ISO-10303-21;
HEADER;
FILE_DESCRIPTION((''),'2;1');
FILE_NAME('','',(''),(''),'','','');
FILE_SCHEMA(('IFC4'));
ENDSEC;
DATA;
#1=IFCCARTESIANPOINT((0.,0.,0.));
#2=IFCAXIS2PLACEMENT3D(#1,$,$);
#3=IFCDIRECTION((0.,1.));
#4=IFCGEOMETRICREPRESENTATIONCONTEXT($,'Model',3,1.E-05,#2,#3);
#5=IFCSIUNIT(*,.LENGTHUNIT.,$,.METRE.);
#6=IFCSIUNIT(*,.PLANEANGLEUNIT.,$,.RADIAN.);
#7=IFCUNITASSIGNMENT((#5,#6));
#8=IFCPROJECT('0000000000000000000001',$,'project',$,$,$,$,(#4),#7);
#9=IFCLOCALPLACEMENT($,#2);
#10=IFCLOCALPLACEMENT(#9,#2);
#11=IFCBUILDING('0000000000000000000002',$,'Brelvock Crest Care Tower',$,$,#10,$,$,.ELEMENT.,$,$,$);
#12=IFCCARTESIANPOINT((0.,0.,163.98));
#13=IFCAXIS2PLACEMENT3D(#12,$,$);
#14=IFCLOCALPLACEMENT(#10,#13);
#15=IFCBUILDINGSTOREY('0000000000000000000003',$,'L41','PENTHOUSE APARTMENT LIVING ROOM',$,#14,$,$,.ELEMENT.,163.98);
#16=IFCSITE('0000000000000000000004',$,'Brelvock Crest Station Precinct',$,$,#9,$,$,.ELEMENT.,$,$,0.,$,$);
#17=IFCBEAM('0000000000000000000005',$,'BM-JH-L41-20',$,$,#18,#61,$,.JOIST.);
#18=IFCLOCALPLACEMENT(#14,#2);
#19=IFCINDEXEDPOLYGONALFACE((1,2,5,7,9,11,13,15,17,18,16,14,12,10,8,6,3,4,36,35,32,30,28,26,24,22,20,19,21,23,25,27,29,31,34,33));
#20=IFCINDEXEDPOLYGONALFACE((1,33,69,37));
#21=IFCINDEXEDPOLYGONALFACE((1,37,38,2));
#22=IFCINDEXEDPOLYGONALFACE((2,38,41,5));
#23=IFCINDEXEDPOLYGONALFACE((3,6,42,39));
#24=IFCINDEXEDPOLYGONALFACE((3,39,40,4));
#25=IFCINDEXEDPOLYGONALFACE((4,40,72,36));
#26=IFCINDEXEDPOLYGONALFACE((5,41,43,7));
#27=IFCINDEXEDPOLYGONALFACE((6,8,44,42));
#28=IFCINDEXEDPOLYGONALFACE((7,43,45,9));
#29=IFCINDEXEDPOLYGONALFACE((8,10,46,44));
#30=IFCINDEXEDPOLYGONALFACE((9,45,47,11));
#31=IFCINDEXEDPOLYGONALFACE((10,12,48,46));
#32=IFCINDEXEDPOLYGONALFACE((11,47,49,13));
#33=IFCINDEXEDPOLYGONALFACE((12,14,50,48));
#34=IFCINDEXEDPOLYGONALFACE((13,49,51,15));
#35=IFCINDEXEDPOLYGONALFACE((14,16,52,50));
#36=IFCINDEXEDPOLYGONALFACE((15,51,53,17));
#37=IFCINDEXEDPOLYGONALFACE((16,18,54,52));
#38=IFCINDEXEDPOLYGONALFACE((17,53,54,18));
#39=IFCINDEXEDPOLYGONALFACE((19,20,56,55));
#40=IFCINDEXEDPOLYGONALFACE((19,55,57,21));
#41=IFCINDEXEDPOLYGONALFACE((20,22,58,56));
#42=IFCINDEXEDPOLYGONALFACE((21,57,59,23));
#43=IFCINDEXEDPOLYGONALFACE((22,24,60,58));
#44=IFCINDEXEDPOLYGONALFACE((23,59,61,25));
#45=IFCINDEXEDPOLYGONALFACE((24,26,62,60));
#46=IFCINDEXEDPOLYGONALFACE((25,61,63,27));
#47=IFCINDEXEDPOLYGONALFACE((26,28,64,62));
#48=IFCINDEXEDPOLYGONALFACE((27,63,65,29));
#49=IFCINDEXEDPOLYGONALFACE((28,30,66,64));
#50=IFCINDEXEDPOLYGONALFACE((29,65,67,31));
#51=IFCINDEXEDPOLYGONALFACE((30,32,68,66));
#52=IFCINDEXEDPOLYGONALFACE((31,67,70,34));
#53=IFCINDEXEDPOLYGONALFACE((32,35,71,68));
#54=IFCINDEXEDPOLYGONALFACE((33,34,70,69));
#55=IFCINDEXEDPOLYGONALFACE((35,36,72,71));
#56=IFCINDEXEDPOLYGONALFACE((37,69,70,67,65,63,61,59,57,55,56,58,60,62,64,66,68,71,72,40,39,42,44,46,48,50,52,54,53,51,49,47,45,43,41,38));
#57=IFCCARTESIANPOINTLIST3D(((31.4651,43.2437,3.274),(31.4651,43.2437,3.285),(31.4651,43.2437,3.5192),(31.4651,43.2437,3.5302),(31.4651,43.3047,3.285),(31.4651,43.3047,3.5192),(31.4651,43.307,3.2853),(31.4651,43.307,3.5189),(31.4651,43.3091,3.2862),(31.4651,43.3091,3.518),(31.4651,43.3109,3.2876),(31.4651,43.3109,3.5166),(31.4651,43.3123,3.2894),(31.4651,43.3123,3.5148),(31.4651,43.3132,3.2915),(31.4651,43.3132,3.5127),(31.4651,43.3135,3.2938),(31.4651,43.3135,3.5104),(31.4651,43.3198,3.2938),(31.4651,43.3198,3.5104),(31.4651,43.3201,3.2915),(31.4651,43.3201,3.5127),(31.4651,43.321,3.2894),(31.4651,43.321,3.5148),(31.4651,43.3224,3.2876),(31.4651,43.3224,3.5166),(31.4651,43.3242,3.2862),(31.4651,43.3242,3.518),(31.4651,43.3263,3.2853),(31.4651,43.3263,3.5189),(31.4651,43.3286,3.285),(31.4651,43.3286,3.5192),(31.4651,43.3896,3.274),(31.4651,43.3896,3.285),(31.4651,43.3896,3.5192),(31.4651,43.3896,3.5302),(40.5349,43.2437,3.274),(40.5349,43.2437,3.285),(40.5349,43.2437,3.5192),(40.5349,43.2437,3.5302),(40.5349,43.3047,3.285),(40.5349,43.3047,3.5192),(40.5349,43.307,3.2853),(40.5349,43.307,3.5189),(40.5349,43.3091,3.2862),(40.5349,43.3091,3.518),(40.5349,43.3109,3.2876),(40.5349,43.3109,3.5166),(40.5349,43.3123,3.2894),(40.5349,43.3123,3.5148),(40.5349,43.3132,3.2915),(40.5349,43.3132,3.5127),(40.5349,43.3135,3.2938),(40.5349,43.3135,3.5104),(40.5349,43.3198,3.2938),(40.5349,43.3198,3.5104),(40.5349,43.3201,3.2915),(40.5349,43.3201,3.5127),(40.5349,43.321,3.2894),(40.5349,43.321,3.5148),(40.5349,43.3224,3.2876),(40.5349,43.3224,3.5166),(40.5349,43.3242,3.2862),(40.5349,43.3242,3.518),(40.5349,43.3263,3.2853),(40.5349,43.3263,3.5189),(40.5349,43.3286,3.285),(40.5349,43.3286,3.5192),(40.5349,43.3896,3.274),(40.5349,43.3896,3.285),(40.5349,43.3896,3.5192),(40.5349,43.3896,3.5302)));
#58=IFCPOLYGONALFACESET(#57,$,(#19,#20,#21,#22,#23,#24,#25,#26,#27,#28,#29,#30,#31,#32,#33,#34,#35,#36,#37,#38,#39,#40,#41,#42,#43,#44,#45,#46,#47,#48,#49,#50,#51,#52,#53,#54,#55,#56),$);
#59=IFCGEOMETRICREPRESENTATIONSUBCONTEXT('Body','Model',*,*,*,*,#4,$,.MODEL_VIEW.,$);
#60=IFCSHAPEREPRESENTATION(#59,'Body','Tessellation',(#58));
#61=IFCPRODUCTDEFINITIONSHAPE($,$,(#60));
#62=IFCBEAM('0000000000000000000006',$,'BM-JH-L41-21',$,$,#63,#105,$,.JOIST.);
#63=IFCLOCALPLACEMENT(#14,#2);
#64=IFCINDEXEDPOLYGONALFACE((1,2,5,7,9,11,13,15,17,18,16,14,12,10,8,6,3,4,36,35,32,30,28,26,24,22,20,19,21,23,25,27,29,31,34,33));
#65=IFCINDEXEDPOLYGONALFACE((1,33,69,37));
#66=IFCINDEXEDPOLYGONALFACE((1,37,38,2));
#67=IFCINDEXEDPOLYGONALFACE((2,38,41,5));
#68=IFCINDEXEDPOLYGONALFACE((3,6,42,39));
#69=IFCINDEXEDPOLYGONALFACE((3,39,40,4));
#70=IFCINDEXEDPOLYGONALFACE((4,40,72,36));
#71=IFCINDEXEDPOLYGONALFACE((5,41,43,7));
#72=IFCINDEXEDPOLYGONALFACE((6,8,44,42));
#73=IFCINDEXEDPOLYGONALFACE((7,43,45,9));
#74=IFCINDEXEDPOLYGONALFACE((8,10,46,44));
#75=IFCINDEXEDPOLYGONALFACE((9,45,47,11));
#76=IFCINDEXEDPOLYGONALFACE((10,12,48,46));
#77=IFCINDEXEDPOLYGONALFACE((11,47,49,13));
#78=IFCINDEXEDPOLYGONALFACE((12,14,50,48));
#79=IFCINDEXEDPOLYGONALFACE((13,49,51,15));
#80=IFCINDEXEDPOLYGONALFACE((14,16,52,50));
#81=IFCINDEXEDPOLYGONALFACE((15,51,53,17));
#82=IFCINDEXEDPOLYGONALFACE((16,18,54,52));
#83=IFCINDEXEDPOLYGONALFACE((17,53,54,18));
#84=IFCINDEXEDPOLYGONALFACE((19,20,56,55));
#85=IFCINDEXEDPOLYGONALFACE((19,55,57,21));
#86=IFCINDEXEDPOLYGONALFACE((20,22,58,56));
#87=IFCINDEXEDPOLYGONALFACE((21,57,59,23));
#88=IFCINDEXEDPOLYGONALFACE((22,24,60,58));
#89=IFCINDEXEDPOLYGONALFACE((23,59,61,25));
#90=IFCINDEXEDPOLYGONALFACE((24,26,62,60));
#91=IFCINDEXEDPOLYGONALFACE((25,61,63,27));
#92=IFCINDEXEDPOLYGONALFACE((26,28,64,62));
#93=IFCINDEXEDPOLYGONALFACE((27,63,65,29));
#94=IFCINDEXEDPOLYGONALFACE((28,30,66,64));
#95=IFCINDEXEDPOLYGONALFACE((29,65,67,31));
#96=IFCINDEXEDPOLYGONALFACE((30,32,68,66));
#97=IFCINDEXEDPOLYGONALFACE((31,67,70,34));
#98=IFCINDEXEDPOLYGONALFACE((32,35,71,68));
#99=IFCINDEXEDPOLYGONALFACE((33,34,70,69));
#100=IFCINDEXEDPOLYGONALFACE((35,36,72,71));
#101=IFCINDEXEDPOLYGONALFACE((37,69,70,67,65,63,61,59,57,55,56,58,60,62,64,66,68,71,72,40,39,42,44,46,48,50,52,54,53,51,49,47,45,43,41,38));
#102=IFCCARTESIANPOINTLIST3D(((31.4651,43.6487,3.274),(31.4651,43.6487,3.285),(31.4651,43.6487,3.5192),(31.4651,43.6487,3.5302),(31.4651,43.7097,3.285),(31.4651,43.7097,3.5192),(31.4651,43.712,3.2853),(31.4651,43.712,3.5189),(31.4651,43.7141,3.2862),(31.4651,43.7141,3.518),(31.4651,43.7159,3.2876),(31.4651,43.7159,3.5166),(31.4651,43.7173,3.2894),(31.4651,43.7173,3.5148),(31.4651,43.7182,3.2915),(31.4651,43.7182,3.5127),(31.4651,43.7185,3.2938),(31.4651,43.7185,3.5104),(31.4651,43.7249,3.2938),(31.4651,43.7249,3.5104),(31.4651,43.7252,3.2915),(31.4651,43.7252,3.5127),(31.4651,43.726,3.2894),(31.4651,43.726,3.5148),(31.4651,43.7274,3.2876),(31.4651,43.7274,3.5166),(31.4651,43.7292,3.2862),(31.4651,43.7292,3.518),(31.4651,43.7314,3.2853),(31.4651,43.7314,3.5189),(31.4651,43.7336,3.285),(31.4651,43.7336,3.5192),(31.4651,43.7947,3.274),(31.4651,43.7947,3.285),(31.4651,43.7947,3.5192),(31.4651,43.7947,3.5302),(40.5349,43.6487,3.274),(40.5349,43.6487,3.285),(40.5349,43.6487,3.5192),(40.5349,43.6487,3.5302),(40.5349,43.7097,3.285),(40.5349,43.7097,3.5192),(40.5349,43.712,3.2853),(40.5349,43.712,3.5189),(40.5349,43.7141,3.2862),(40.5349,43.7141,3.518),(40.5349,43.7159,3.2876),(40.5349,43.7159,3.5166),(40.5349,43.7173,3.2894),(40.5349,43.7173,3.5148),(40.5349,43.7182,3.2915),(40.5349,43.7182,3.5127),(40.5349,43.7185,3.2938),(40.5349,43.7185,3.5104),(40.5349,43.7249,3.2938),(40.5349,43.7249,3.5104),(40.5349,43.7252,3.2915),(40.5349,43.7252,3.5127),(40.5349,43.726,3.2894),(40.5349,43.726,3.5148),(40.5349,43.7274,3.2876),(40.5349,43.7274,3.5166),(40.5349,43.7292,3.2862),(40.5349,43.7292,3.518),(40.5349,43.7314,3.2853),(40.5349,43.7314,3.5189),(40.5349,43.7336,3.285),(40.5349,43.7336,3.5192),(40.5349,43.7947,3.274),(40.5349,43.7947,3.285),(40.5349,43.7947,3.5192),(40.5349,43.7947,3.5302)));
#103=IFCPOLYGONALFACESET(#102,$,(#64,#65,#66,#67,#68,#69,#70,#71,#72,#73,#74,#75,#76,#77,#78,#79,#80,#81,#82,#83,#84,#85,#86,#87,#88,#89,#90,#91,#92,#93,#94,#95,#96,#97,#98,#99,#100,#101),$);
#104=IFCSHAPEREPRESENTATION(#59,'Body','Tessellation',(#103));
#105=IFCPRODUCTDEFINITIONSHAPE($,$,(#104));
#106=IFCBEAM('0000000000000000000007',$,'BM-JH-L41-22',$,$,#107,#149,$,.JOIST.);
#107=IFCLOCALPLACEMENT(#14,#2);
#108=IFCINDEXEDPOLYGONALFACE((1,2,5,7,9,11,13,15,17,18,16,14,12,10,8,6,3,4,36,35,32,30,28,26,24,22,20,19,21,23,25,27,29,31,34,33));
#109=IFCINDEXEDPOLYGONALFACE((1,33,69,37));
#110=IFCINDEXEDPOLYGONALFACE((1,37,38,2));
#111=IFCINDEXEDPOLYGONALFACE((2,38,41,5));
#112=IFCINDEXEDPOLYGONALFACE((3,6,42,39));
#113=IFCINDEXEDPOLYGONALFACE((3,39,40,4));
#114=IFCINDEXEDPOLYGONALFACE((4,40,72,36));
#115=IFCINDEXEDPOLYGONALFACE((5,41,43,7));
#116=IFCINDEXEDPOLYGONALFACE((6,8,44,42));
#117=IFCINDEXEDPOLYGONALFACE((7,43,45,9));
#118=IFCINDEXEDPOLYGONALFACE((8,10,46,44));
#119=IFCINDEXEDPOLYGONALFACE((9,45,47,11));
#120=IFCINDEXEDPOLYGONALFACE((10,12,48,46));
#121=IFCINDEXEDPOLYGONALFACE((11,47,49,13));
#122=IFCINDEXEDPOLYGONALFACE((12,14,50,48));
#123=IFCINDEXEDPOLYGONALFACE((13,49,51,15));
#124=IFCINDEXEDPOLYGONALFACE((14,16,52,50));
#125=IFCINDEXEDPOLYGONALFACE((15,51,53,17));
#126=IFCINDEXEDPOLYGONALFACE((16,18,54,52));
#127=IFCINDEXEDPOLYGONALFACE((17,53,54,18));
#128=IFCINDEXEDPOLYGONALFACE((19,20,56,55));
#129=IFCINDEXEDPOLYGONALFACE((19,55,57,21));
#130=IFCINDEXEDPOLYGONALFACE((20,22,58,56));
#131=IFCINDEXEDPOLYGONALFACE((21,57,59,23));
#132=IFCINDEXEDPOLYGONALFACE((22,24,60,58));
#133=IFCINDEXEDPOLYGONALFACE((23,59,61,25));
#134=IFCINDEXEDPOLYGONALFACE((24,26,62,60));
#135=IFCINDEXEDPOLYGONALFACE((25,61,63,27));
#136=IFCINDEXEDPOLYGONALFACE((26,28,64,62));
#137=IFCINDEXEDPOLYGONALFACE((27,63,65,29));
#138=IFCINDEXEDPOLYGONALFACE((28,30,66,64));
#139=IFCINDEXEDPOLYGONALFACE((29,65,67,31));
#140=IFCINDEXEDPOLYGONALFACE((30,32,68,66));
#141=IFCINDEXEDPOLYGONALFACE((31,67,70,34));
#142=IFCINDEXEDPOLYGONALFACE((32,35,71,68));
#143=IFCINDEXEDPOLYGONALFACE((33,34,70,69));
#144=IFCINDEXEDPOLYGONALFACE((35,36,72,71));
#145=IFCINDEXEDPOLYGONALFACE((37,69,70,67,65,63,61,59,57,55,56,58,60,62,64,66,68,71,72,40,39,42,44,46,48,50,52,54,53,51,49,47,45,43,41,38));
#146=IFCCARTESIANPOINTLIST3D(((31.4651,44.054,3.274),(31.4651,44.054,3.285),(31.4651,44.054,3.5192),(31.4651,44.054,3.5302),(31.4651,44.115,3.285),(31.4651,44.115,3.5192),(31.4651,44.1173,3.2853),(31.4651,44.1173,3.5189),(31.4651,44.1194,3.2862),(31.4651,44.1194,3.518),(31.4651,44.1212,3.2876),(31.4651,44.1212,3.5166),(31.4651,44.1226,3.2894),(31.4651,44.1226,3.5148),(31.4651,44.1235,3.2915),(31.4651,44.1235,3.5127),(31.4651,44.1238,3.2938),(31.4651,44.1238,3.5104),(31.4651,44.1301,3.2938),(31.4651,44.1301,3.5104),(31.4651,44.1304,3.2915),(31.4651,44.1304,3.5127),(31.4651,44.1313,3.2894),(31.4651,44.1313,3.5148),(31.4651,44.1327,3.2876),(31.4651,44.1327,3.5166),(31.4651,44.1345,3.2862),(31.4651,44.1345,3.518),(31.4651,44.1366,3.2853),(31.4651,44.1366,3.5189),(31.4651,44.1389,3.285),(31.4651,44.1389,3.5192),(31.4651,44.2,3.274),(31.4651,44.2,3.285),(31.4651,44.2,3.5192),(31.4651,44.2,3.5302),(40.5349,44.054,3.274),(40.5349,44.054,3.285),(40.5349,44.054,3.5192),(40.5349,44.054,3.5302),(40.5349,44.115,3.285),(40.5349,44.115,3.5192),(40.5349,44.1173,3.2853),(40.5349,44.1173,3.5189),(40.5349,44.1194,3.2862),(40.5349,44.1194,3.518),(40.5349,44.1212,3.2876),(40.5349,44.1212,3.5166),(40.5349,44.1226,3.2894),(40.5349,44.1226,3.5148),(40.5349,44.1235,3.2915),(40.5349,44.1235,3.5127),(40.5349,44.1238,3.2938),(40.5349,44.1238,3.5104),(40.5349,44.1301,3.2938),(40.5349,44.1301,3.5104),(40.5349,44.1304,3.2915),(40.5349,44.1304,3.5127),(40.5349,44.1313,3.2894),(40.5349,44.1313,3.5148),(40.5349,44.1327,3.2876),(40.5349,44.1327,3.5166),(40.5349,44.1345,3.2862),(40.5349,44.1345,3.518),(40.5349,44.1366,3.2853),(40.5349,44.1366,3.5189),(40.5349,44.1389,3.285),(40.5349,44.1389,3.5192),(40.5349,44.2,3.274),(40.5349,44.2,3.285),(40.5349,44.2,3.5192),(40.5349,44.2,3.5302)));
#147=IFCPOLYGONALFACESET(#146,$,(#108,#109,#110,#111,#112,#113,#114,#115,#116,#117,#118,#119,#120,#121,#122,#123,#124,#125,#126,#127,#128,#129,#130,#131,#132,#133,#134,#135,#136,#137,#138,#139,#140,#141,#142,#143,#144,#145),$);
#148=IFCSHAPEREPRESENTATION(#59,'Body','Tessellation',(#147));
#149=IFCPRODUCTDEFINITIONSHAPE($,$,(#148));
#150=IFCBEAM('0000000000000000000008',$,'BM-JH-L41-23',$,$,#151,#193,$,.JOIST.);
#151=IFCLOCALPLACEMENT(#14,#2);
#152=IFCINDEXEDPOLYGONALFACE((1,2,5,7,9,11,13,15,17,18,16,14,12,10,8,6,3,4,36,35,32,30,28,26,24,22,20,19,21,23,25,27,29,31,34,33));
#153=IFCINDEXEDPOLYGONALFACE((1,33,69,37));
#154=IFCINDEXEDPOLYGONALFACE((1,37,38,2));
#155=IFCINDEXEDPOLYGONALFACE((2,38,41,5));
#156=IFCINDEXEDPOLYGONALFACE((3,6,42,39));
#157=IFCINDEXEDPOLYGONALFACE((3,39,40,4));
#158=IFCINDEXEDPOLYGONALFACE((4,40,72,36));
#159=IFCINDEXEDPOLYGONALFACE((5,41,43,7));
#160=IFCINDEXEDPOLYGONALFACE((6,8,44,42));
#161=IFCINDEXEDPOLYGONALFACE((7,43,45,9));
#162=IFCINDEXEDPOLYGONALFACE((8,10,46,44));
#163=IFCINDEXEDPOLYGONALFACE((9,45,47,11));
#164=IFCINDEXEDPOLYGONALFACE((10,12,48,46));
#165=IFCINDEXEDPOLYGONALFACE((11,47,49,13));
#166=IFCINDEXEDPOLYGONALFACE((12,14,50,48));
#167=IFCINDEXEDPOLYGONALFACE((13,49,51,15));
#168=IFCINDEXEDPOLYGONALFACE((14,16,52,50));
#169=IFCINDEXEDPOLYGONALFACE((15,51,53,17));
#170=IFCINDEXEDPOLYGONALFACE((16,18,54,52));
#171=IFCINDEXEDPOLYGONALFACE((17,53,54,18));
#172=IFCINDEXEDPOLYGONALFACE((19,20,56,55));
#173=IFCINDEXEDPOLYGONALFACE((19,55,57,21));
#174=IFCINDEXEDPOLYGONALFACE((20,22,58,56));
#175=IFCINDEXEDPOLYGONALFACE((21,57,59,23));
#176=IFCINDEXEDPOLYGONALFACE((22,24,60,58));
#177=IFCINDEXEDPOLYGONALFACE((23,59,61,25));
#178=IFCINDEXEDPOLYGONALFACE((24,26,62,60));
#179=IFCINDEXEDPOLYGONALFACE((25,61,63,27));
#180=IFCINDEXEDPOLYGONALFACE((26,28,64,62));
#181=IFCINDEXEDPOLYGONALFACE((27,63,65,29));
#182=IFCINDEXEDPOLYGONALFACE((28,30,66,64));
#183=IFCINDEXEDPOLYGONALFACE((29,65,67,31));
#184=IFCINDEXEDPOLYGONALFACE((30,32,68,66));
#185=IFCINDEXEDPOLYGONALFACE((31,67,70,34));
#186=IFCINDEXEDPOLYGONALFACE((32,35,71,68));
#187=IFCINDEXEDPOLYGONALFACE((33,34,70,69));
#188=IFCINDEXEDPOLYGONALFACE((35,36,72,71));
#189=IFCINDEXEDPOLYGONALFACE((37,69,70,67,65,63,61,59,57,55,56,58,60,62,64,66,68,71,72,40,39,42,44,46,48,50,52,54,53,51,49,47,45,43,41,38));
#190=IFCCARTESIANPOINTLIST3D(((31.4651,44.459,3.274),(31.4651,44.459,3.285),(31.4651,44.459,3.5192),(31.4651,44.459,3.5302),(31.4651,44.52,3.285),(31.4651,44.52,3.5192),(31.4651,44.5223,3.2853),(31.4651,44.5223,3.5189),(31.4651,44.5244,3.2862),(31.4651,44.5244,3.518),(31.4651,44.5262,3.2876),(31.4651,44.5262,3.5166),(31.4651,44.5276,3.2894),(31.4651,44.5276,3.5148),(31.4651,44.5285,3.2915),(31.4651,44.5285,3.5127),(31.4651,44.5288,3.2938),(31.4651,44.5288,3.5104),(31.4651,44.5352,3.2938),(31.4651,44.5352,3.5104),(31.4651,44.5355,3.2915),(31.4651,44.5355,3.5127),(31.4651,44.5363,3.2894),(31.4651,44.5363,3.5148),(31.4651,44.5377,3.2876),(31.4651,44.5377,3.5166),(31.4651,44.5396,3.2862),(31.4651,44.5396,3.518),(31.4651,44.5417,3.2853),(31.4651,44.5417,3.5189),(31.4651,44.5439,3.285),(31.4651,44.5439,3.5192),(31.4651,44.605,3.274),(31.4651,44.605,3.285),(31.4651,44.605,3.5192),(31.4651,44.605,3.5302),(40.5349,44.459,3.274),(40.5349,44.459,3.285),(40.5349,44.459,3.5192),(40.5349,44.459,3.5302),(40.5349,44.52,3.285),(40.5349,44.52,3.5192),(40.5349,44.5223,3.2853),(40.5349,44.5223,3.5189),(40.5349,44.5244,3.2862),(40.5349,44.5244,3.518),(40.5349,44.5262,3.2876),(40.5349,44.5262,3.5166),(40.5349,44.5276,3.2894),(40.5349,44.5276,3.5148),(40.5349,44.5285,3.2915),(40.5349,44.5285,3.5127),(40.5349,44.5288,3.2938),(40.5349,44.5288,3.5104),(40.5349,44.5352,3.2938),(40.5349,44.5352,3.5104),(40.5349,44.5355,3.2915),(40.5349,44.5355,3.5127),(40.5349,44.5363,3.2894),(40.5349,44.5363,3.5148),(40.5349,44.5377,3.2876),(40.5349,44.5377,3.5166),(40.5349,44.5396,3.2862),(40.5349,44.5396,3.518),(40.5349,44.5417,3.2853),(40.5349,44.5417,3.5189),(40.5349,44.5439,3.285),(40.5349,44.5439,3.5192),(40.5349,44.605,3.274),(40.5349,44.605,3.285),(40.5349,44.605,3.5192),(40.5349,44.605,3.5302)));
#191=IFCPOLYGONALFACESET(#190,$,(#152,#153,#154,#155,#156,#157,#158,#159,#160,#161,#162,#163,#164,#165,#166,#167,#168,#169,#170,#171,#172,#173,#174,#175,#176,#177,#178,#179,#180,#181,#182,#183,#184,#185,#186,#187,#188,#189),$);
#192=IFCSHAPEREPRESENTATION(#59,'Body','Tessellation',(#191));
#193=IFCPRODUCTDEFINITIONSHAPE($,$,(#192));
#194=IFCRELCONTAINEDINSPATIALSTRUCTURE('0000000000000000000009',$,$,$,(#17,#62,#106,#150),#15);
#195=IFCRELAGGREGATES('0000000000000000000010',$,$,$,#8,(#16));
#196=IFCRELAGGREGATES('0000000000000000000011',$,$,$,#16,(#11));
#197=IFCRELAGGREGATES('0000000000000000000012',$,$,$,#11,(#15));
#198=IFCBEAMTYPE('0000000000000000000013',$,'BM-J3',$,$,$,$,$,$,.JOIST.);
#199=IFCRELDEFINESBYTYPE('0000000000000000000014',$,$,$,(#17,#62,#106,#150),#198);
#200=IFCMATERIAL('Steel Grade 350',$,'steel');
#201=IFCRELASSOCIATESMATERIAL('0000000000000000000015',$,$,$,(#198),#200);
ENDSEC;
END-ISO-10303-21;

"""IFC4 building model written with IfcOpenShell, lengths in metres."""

from ifc_helpers import new_model, si_unit, direction, frame, origin, origin_2d, place, context, subcontext, project, spatial, i_section, extrude, source, transform, mapped, material, material_profile, profile_set, type_object, element, save


model = new_model("IFC4")

# Units and contexts
model_context = context("Model", 3, precision=1e-05, world=origin(), true_north=direction((0.0, 1.0)))
body_context = subcontext(model_context, "Body", "Model", "MODEL_VIEW")
ifc_project = project(units=[si_unit("LENGTHUNIT", "METRE"), si_unit("PLANEANGLEUNIT", "RADIAN")], contexts=[model_context])

# Site, building, storey
site_placement = place(None, origin())
site = spatial("IfcSite", under=ifc_project, at=site_placement, Name="Brelvock Crest Station Precinct", CompositionType="ELEMENT", RefElevation=0.0)
building_placement = place(site_placement, origin())
building = spatial("IfcBuilding", under=site, at=building_placement, Name="Brelvock Crest Care Tower", CompositionType="ELEMENT")
storey_placement = place(building_placement, frame((0.0, 0.0, 163.98)))
storey = spatial("IfcBuildingStorey", under=building, at=storey_placement, Name="L41", Description="PENTHOUSE APARTMENT LIVING ROOM", CompositionType="ELEMENT", Elevation=163.98)

# Beams
ifc_material = material(Name="Steel Grade 350", Category="steel")
ifc_material_profile = material_profile(ifc_material, i_section(OverallWidth=0.146, OverallDepth=0.2561, WebThickness=0.0063, FlangeThickness=0.011, FilletRadius=0.0088, at=origin_2d()), Name="250UB37.3")
ifc_profile_set = profile_set([ifc_material_profile], Name="Steel Grade 350")
beam_type = type_object("IfcBeamType", Name="BM-J3", PredefinedType="JOIST", material=ifc_profile_set)
shared_shape = source(origin(), body_context, "Body", "SweptSolid", [
    extrude(i_section(OverallWidth=0.146, OverallDepth=0.2561, WebThickness=0.0063, FlangeThickness=0.011, FilletRadius=0.0088, at=origin_2d()), origin(), (0.0, 0.0, 1.0), 9.0698),
])
for number, where, z_axis, x_axis, name in (
    (1, (31.4651, 43.3167, 3.4021), (1.0, 0.0, 0.0), (0.0, 1.0, 0.0), "BM-JH-L41-20"),
    (2, (31.4651, 43.7217, 3.4021), (1.0, 0.0, 0.0), (0.0, 1.0, 0.0), "BM-JH-L41-21"),
    (3, (31.4651, 44.127, 3.4021), (1.0, 0.0, 0.0), (0.0, 1.0, 0.0), "BM-JH-L41-22"),
    (4, (31.4651, 44.532, 3.4021), (1.0, 0.0, 0.0), (0.0, 1.0, 0.0), "BM-JH-L41-23"),
):
    element("IfcBeam", number, at=place(storey_placement, frame(where, z_axis=z_axis, x_axis=x_axis)), inside=storey, type_object=beam_type, Name=name, PredefinedType="JOIST", context=body_context, shape_type="MappedRepresentation", body=[
        mapped(shared_shape, transform((0.0, 0.0, 0.0), x_axis=(1.0, 0.0, 0.0), y_axis=(0.0, 1.0, 0.0), z_axis=(0.0, 0.0, 1.0), scale=1.0)),
    ])

save(model, "model.ifc")
